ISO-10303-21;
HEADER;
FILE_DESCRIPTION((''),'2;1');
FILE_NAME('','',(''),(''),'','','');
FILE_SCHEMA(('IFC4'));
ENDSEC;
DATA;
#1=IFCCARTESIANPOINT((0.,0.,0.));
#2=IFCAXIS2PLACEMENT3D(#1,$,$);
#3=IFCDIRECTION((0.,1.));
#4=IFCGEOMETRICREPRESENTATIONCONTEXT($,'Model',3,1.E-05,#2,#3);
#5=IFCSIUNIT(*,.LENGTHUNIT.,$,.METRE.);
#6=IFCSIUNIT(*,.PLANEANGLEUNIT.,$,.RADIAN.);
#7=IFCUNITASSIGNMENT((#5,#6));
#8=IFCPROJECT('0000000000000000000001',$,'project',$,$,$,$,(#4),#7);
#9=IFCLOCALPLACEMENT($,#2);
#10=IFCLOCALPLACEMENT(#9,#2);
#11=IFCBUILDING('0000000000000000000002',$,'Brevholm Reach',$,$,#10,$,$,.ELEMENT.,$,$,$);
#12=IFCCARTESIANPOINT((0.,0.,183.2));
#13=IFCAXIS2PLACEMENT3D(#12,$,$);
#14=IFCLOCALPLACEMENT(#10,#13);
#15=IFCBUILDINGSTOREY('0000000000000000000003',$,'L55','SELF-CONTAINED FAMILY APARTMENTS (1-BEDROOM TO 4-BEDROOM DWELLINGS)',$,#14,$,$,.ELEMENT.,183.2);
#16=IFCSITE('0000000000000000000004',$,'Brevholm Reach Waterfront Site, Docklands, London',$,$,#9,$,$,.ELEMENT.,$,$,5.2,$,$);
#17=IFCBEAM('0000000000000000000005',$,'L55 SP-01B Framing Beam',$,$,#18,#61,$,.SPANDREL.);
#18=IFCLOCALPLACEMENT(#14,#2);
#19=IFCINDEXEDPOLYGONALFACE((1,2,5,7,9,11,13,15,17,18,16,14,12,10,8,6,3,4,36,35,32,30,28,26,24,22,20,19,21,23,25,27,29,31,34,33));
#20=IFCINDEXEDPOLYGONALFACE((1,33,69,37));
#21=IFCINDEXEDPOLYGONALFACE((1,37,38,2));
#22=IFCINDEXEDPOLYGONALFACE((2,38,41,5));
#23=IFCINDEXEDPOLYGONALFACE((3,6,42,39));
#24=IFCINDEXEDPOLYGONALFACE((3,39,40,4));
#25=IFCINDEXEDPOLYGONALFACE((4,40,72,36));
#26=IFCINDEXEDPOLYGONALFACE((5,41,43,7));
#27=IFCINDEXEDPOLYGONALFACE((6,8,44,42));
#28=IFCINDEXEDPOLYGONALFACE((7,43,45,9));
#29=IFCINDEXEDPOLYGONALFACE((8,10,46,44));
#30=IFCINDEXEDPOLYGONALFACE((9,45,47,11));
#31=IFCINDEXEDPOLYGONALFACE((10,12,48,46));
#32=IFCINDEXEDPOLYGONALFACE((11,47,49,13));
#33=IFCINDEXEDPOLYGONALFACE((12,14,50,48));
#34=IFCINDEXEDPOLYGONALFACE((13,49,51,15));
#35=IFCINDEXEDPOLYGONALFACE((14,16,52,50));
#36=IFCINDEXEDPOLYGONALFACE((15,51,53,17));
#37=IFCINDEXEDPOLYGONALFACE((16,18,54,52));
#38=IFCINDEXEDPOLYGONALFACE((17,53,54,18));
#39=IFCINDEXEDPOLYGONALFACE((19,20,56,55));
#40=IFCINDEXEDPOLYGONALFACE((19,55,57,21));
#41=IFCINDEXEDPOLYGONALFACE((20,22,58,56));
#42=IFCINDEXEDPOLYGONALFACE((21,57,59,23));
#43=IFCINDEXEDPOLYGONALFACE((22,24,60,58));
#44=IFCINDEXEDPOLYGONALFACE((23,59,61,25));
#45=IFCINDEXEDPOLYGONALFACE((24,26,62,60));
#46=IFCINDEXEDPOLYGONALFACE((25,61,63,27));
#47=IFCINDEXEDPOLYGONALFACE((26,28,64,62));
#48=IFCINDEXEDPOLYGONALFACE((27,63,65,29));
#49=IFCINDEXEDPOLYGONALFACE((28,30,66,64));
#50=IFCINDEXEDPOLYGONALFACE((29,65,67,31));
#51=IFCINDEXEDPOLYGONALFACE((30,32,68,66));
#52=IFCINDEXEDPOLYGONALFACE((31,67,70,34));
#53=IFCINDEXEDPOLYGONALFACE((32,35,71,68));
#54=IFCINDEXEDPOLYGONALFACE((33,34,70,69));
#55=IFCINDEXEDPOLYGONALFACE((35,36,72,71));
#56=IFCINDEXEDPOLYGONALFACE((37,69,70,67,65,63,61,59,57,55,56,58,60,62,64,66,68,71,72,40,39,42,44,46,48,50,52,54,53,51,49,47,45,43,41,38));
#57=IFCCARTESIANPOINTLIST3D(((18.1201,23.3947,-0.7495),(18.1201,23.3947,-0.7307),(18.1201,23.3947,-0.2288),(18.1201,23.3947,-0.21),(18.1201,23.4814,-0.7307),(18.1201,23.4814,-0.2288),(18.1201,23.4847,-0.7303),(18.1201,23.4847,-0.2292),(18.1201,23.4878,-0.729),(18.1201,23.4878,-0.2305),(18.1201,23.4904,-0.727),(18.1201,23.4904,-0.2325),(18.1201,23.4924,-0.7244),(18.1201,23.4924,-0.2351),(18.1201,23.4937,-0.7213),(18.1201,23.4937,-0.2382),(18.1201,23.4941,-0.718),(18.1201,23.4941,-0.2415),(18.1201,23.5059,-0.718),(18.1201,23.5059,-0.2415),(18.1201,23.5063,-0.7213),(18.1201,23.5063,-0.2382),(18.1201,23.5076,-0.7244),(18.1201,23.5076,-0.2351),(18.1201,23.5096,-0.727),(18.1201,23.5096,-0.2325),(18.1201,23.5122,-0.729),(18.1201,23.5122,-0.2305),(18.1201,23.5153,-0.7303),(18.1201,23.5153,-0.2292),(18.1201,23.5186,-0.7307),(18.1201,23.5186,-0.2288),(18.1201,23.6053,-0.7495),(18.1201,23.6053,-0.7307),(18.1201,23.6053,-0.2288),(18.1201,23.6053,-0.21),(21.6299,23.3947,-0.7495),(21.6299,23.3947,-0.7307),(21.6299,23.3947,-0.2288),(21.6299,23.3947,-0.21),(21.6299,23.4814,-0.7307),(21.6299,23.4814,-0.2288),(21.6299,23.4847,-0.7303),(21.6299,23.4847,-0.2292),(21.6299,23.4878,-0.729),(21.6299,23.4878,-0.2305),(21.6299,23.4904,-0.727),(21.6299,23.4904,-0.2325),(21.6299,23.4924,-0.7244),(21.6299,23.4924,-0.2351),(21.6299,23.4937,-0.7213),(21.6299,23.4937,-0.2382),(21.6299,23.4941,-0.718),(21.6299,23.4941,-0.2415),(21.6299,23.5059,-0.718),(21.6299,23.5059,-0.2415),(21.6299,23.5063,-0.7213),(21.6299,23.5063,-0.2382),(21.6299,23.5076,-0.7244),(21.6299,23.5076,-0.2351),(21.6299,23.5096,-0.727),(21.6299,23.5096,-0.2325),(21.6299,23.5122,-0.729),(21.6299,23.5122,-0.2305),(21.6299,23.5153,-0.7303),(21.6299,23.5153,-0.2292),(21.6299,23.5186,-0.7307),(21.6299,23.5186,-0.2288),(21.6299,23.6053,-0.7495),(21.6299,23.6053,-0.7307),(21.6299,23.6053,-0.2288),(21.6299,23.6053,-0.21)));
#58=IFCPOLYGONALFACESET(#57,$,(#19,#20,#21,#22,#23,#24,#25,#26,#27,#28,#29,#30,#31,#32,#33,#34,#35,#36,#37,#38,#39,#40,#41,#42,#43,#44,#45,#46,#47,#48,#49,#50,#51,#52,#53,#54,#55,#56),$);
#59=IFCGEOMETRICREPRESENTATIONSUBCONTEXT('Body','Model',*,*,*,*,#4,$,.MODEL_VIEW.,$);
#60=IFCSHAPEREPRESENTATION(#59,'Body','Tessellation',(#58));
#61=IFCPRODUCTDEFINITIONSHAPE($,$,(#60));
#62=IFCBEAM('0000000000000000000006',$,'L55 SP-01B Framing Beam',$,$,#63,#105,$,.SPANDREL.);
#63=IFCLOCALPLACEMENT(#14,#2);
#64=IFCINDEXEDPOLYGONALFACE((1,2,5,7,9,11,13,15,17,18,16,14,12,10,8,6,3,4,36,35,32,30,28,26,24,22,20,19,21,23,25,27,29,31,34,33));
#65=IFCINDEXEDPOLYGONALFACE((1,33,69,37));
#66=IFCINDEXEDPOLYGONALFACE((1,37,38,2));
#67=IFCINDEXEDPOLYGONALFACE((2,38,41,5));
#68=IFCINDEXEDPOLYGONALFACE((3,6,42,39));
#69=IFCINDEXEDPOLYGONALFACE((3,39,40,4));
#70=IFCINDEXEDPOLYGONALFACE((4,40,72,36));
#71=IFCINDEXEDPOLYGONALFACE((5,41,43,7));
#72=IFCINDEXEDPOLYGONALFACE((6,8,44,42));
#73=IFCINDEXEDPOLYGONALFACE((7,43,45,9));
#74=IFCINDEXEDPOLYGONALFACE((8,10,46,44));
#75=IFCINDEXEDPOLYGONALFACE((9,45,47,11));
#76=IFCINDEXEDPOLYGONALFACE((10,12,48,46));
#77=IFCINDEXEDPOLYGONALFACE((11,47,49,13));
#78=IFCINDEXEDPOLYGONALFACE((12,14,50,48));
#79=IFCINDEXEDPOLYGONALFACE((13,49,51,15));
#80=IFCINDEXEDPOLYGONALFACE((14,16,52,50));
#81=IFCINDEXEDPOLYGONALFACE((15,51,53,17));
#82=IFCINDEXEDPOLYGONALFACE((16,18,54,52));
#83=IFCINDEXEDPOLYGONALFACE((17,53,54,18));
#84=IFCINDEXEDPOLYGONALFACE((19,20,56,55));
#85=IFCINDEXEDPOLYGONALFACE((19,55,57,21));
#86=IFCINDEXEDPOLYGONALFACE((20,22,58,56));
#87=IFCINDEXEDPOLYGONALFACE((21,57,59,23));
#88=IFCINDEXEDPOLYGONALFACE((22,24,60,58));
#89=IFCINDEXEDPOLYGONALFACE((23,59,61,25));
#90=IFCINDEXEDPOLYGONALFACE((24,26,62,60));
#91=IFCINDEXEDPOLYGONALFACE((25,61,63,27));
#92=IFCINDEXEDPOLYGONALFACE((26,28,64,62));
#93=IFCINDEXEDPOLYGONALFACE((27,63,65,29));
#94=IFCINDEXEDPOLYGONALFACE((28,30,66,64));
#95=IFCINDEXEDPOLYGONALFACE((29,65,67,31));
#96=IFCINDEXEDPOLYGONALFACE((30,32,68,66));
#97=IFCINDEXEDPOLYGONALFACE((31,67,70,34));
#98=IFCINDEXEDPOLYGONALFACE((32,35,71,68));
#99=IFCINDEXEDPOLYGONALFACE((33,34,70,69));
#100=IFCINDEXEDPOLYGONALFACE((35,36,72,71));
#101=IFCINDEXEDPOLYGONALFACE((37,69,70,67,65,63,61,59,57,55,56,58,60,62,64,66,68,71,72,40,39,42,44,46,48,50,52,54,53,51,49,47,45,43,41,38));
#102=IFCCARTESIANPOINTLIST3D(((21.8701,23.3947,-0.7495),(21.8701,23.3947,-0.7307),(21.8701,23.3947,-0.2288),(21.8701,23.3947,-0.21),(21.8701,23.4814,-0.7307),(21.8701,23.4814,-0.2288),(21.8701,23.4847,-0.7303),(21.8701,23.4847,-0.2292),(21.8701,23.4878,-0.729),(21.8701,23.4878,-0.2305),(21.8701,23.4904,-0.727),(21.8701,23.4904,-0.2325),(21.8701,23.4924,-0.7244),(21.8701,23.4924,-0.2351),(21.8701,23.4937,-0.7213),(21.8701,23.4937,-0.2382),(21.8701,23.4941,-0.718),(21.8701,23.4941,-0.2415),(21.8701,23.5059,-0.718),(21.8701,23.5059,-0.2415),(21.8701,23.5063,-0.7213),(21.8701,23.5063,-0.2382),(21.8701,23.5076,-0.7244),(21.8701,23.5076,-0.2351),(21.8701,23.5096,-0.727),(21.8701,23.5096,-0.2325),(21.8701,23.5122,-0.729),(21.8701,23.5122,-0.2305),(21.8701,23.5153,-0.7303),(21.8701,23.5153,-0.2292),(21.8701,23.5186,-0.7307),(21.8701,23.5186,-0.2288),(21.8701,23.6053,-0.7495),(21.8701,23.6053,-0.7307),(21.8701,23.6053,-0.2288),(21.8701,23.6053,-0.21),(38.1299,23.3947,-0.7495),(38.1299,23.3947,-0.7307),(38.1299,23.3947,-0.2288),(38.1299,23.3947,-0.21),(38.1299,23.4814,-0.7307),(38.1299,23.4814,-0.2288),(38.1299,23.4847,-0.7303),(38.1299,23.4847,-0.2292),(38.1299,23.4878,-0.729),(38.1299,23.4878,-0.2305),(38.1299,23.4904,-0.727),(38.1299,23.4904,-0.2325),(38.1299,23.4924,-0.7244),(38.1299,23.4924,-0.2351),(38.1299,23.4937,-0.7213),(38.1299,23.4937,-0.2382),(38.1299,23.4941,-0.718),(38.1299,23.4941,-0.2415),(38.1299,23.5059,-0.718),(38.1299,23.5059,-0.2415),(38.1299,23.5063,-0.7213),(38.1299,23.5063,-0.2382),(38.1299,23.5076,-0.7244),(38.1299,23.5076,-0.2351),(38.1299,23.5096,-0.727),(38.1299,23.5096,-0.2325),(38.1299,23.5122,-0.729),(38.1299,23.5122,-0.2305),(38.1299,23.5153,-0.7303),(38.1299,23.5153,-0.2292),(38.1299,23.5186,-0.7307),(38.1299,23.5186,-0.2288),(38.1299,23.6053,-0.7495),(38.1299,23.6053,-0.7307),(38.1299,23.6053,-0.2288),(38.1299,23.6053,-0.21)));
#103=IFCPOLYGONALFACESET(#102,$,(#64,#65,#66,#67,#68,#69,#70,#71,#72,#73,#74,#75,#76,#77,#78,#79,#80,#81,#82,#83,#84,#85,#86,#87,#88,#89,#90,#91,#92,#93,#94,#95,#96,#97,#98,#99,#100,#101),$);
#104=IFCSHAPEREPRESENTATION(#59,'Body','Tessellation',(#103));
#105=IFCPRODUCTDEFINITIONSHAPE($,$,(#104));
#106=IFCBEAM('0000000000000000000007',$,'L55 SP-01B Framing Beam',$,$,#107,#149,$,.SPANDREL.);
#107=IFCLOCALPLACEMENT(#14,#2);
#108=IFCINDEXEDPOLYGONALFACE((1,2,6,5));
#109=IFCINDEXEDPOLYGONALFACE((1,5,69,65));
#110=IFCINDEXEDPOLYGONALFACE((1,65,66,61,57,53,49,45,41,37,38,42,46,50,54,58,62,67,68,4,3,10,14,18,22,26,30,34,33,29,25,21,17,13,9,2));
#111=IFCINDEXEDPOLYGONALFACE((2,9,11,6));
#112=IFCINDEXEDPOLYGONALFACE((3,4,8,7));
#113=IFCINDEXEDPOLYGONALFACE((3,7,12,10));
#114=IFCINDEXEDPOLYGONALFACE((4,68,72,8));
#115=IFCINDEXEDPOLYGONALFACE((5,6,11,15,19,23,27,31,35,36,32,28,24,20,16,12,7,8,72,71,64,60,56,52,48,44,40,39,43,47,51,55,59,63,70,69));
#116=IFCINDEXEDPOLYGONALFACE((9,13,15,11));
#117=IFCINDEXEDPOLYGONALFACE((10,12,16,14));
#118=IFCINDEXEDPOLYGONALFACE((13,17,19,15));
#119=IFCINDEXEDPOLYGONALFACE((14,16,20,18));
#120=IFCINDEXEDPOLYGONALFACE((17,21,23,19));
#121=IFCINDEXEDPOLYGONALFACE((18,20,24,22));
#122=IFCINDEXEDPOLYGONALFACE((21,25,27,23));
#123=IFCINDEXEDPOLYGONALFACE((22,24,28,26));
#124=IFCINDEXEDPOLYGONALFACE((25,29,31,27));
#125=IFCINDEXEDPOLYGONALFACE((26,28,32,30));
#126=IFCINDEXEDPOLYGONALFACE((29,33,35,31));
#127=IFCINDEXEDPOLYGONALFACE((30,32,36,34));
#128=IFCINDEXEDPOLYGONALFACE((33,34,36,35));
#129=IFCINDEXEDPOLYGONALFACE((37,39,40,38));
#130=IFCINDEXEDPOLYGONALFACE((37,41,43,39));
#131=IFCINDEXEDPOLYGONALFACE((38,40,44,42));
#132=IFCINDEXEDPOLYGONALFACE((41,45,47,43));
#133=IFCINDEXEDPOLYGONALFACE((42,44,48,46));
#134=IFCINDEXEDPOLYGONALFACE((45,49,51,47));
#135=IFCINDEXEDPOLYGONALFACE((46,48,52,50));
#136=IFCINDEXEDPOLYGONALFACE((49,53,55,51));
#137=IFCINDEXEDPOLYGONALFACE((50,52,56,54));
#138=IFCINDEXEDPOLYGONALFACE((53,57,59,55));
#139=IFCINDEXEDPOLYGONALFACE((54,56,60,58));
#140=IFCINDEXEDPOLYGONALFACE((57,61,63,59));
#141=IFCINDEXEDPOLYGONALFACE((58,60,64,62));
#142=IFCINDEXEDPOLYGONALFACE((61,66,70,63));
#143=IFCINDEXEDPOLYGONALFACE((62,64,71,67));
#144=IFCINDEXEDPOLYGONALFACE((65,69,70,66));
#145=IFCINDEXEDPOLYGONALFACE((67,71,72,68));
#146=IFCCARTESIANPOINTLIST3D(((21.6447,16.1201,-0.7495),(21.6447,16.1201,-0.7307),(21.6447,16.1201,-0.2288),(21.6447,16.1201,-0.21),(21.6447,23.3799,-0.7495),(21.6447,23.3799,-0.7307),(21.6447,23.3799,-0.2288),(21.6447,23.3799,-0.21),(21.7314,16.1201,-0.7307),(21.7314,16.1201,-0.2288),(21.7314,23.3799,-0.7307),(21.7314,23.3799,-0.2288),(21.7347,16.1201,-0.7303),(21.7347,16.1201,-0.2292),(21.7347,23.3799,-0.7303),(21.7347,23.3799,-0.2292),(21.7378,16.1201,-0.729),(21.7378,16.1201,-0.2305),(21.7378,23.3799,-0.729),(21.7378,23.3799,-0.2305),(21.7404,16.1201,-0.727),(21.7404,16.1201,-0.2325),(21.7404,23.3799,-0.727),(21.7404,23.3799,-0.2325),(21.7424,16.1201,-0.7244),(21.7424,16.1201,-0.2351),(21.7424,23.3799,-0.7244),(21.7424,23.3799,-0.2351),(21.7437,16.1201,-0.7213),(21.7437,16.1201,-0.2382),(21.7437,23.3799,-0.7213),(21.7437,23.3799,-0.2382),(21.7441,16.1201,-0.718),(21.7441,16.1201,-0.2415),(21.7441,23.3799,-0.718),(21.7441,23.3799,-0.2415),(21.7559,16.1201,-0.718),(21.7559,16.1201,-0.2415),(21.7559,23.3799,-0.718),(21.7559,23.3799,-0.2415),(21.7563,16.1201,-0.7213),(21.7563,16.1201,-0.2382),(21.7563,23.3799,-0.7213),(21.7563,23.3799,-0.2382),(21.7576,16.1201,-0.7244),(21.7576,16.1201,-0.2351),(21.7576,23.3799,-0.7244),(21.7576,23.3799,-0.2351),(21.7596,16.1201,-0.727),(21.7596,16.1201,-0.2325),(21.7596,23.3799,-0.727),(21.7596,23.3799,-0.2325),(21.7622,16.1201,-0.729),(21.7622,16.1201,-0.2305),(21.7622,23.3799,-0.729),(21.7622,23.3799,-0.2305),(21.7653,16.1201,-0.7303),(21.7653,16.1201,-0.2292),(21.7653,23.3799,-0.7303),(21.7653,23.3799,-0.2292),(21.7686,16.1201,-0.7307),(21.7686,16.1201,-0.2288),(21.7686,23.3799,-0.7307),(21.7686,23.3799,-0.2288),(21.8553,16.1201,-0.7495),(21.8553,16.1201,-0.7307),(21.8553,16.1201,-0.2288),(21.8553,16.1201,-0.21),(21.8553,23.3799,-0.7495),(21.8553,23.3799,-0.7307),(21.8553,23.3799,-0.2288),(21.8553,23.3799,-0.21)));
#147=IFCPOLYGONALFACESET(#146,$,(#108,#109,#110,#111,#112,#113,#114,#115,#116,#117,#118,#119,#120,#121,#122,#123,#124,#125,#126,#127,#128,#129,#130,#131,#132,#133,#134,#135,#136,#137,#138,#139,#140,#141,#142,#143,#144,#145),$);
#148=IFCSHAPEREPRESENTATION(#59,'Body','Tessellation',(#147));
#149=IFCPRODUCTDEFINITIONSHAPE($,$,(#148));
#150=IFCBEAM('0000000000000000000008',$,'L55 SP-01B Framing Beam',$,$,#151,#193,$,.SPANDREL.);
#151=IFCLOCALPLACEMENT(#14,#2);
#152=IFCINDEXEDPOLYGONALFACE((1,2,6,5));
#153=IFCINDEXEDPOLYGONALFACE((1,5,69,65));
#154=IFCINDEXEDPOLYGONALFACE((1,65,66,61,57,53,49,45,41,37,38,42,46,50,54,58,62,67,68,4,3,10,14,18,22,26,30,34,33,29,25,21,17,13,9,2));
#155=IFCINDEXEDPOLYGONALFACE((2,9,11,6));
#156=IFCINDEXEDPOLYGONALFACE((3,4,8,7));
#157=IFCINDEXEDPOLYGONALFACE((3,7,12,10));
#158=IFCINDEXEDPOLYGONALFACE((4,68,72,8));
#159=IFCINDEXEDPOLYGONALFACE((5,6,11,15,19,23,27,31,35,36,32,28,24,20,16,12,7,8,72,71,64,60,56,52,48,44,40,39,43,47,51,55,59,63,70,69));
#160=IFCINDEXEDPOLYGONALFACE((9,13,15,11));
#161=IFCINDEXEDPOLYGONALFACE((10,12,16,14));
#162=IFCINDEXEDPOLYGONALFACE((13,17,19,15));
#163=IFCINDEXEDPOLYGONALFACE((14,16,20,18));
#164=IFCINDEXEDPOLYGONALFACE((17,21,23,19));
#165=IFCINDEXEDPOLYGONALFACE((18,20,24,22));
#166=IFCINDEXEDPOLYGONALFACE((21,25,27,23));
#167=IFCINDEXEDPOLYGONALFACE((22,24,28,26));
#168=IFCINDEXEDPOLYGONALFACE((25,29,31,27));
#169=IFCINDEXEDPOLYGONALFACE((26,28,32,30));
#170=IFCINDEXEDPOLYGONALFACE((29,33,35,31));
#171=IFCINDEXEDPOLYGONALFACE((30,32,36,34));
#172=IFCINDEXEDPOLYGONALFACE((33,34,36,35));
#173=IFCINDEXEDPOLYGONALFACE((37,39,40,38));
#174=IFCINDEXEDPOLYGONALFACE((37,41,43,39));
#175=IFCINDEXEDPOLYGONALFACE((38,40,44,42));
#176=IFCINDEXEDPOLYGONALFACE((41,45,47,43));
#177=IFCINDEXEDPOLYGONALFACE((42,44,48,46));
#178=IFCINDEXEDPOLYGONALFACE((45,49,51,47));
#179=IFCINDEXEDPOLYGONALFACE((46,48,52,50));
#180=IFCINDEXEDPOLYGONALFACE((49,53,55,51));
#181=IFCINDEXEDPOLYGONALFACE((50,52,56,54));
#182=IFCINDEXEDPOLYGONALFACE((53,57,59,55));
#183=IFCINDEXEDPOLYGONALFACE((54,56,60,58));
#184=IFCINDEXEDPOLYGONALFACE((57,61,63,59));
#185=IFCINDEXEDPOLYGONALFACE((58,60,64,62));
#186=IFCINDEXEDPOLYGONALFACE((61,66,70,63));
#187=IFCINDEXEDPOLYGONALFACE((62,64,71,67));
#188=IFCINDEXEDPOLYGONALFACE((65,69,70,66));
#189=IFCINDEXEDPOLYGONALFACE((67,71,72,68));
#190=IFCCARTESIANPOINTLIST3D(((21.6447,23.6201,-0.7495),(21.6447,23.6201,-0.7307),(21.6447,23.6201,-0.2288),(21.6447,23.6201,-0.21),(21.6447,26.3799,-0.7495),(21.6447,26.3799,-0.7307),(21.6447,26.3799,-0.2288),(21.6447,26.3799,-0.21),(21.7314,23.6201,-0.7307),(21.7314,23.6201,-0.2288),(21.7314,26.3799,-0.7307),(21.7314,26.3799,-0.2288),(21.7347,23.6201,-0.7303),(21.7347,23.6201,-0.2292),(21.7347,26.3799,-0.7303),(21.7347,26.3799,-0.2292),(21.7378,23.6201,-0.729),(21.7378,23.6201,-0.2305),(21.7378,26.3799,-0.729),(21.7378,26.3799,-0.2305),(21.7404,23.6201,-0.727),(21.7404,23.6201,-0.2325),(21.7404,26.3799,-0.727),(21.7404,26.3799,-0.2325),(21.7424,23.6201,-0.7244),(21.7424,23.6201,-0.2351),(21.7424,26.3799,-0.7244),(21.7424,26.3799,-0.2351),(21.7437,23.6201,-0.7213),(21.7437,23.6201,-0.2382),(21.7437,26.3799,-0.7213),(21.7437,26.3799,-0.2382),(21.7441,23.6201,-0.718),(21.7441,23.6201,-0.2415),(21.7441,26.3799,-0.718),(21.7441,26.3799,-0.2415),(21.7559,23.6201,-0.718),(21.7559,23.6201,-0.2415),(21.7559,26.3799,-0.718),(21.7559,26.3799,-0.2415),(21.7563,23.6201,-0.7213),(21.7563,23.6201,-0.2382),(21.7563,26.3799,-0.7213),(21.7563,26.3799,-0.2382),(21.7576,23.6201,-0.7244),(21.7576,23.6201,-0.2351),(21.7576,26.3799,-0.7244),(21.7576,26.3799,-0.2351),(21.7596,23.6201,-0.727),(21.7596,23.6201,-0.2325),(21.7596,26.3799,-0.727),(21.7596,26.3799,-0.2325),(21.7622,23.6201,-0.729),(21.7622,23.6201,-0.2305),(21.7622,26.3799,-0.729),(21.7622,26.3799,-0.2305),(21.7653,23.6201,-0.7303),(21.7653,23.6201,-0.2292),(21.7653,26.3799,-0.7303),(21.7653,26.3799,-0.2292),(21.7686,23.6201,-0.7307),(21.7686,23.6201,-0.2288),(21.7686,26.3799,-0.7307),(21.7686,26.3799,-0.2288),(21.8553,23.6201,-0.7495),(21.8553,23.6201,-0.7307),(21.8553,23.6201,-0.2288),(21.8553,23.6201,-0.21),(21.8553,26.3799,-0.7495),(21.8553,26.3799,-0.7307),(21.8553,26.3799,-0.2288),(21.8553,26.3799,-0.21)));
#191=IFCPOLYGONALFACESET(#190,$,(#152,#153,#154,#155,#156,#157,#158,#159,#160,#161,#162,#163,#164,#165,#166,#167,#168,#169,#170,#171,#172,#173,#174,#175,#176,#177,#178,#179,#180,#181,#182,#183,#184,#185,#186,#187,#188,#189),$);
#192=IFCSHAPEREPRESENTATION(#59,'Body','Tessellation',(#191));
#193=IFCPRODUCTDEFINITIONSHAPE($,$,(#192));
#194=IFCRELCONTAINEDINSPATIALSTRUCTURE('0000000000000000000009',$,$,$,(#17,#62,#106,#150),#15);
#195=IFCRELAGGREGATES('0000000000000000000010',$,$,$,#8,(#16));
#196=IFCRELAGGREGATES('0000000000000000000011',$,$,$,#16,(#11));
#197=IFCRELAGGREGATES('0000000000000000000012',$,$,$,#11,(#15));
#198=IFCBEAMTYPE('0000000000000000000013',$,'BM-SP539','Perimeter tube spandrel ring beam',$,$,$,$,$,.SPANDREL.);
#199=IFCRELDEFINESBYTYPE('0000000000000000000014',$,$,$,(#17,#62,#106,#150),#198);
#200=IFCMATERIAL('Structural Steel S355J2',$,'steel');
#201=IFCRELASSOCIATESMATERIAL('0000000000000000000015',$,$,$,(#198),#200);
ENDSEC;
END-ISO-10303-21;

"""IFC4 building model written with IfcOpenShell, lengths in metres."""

from ifc_helpers import new_model, si_unit, direction, frame, origin, origin_2d, place, context, subcontext, project, spatial, i_section, extrude, material, material_profile, profile_set, type_object, element, save


model = new_model("IFC4")

# Units and contexts
model_context = context("Model", 3, precision=1e-05, world=origin(), true_north=direction((0.0, 1.0)))
body_context = subcontext(model_context, "Body", "Model", "MODEL_VIEW")
ifc_project = project(units=[si_unit("LENGTHUNIT", "METRE"), si_unit("PLANEANGLEUNIT", "RADIAN")], contexts=[model_context])

# Site, building, storey
site_placement = place(None, origin())
site = spatial("IfcSite", under=ifc_project, at=site_placement, Name="Brevholm Reach Waterfront Site, Docklands, London", CompositionType="ELEMENT", RefElevation=5.2)
building_placement = place(site_placement, origin())
building = spatial("IfcBuilding", under=site, at=building_placement, Name="Brevholm Reach", CompositionType="ELEMENT")
storey_placement = place(building_placement, frame((0.0, 0.0, 183.2)))
storey = spatial("IfcBuildingStorey", under=building, at=storey_placement, Name="L55", Description="SELF-CONTAINED FAMILY APARTMENTS (1-BEDROOM TO 4-BEDROOM DWELLINGS)", CompositionType="ELEMENT", Elevation=183.2)

# Beams
ifc_material_1 = material(Name="Structural Steel S355J2", Category="steel")
ifc_material_profile_1 = material_profile(ifc_material_1, i_section(OverallWidth=0.2107, OverallDepth=0.5396, WebThickness=0.0117, FlangeThickness=0.0188, FilletRadius=0.0127, at=origin_2d()), Name="UKB 533x210x109")
ifc_profile_set_1 = profile_set([ifc_material_profile_1], Name="Structural Steel S355J2")
beam_type_1 = type_object("IfcBeamType", Name="BM-SP539", Description="Perimeter tube spandrel ring beam", PredefinedType="SPANDREL", material=ifc_profile_set_1)
for number, where, z_axis, x_axis, name in (
    (1, (18.1201, 23.5, -0.4797), (1.0, 0.0, 0.0), (0.0, 1.0, 0.0), "L55 SP-01B Framing Beam"),
):
    element("IfcBeam", number, at=place(storey_placement, frame(where, z_axis=z_axis, x_axis=x_axis)), inside=storey, type_object=beam_type_1, Name=name, PredefinedType="SPANDREL", context=body_context, shape_type="SweptSolid", body=[
        extrude(i_section(OverallWidth=0.2107, OverallDepth=0.5396, WebThickness=0.0117, FlangeThickness=0.0188, FilletRadius=0.0127, at=origin_2d()), origin(), (0.0, 0.0, 1.0), 3.5098),
    ])
beam_1_placement = place(storey_placement, frame((21.8701, 23.5, -0.4797), z_axis=(1.0, 0.0, 0.0), x_axis=(0.0, 1.0, 0.0)))
element("IfcBeam", 2, at=beam_1_placement, inside=storey, type_object=beam_type_1, Name="L55 SP-01B Framing Beam", PredefinedType="SPANDREL", context=body_context, shape_type="SweptSolid", body=[
    extrude(i_section(OverallWidth=0.2107, OverallDepth=0.5396, WebThickness=0.0117, FlangeThickness=0.0188, FilletRadius=0.0127, at=origin_2d()), origin(), (0.0, 0.0, 1.0), 16.2598),
])
beam_2_placement = place(storey_placement, frame((21.75, 16.1201, -0.4797), z_axis=(0.0, 1.0, 0.0), x_axis=(-1.0, 0.0, 0.0)))
element("IfcBeam", 3, at=beam_2_placement, inside=storey, type_object=beam_type_1, Name="L55 SP-01B Framing Beam", PredefinedType="SPANDREL", context=body_context, shape_type="SweptSolid", body=[
    extrude(i_section(OverallWidth=0.2107, OverallDepth=0.5396, WebThickness=0.0117, FlangeThickness=0.0188, FilletRadius=0.0127, at=origin_2d()), origin(), (0.0, 0.0, 1.0), 7.2598),
])
beam_3_placement = place(storey_placement, frame((21.75, 23.6201, -0.4797), z_axis=(0.0, 1.0, 0.0), x_axis=(-1.0, 0.0, 0.0)))
element("IfcBeam", 4, at=beam_3_placement, inside=storey, type_object=beam_type_1, Name="L55 SP-01B Framing Beam", PredefinedType="SPANDREL", context=body_context, shape_type="SweptSolid", body=[
    extrude(i_section(OverallWidth=0.2107, OverallDepth=0.5396, WebThickness=0.0117, FlangeThickness=0.0188, FilletRadius=0.0127, at=origin_2d()), origin(), (0.0, 0.0, 1.0), 2.7598),
])

save(model, "model.ifc")
